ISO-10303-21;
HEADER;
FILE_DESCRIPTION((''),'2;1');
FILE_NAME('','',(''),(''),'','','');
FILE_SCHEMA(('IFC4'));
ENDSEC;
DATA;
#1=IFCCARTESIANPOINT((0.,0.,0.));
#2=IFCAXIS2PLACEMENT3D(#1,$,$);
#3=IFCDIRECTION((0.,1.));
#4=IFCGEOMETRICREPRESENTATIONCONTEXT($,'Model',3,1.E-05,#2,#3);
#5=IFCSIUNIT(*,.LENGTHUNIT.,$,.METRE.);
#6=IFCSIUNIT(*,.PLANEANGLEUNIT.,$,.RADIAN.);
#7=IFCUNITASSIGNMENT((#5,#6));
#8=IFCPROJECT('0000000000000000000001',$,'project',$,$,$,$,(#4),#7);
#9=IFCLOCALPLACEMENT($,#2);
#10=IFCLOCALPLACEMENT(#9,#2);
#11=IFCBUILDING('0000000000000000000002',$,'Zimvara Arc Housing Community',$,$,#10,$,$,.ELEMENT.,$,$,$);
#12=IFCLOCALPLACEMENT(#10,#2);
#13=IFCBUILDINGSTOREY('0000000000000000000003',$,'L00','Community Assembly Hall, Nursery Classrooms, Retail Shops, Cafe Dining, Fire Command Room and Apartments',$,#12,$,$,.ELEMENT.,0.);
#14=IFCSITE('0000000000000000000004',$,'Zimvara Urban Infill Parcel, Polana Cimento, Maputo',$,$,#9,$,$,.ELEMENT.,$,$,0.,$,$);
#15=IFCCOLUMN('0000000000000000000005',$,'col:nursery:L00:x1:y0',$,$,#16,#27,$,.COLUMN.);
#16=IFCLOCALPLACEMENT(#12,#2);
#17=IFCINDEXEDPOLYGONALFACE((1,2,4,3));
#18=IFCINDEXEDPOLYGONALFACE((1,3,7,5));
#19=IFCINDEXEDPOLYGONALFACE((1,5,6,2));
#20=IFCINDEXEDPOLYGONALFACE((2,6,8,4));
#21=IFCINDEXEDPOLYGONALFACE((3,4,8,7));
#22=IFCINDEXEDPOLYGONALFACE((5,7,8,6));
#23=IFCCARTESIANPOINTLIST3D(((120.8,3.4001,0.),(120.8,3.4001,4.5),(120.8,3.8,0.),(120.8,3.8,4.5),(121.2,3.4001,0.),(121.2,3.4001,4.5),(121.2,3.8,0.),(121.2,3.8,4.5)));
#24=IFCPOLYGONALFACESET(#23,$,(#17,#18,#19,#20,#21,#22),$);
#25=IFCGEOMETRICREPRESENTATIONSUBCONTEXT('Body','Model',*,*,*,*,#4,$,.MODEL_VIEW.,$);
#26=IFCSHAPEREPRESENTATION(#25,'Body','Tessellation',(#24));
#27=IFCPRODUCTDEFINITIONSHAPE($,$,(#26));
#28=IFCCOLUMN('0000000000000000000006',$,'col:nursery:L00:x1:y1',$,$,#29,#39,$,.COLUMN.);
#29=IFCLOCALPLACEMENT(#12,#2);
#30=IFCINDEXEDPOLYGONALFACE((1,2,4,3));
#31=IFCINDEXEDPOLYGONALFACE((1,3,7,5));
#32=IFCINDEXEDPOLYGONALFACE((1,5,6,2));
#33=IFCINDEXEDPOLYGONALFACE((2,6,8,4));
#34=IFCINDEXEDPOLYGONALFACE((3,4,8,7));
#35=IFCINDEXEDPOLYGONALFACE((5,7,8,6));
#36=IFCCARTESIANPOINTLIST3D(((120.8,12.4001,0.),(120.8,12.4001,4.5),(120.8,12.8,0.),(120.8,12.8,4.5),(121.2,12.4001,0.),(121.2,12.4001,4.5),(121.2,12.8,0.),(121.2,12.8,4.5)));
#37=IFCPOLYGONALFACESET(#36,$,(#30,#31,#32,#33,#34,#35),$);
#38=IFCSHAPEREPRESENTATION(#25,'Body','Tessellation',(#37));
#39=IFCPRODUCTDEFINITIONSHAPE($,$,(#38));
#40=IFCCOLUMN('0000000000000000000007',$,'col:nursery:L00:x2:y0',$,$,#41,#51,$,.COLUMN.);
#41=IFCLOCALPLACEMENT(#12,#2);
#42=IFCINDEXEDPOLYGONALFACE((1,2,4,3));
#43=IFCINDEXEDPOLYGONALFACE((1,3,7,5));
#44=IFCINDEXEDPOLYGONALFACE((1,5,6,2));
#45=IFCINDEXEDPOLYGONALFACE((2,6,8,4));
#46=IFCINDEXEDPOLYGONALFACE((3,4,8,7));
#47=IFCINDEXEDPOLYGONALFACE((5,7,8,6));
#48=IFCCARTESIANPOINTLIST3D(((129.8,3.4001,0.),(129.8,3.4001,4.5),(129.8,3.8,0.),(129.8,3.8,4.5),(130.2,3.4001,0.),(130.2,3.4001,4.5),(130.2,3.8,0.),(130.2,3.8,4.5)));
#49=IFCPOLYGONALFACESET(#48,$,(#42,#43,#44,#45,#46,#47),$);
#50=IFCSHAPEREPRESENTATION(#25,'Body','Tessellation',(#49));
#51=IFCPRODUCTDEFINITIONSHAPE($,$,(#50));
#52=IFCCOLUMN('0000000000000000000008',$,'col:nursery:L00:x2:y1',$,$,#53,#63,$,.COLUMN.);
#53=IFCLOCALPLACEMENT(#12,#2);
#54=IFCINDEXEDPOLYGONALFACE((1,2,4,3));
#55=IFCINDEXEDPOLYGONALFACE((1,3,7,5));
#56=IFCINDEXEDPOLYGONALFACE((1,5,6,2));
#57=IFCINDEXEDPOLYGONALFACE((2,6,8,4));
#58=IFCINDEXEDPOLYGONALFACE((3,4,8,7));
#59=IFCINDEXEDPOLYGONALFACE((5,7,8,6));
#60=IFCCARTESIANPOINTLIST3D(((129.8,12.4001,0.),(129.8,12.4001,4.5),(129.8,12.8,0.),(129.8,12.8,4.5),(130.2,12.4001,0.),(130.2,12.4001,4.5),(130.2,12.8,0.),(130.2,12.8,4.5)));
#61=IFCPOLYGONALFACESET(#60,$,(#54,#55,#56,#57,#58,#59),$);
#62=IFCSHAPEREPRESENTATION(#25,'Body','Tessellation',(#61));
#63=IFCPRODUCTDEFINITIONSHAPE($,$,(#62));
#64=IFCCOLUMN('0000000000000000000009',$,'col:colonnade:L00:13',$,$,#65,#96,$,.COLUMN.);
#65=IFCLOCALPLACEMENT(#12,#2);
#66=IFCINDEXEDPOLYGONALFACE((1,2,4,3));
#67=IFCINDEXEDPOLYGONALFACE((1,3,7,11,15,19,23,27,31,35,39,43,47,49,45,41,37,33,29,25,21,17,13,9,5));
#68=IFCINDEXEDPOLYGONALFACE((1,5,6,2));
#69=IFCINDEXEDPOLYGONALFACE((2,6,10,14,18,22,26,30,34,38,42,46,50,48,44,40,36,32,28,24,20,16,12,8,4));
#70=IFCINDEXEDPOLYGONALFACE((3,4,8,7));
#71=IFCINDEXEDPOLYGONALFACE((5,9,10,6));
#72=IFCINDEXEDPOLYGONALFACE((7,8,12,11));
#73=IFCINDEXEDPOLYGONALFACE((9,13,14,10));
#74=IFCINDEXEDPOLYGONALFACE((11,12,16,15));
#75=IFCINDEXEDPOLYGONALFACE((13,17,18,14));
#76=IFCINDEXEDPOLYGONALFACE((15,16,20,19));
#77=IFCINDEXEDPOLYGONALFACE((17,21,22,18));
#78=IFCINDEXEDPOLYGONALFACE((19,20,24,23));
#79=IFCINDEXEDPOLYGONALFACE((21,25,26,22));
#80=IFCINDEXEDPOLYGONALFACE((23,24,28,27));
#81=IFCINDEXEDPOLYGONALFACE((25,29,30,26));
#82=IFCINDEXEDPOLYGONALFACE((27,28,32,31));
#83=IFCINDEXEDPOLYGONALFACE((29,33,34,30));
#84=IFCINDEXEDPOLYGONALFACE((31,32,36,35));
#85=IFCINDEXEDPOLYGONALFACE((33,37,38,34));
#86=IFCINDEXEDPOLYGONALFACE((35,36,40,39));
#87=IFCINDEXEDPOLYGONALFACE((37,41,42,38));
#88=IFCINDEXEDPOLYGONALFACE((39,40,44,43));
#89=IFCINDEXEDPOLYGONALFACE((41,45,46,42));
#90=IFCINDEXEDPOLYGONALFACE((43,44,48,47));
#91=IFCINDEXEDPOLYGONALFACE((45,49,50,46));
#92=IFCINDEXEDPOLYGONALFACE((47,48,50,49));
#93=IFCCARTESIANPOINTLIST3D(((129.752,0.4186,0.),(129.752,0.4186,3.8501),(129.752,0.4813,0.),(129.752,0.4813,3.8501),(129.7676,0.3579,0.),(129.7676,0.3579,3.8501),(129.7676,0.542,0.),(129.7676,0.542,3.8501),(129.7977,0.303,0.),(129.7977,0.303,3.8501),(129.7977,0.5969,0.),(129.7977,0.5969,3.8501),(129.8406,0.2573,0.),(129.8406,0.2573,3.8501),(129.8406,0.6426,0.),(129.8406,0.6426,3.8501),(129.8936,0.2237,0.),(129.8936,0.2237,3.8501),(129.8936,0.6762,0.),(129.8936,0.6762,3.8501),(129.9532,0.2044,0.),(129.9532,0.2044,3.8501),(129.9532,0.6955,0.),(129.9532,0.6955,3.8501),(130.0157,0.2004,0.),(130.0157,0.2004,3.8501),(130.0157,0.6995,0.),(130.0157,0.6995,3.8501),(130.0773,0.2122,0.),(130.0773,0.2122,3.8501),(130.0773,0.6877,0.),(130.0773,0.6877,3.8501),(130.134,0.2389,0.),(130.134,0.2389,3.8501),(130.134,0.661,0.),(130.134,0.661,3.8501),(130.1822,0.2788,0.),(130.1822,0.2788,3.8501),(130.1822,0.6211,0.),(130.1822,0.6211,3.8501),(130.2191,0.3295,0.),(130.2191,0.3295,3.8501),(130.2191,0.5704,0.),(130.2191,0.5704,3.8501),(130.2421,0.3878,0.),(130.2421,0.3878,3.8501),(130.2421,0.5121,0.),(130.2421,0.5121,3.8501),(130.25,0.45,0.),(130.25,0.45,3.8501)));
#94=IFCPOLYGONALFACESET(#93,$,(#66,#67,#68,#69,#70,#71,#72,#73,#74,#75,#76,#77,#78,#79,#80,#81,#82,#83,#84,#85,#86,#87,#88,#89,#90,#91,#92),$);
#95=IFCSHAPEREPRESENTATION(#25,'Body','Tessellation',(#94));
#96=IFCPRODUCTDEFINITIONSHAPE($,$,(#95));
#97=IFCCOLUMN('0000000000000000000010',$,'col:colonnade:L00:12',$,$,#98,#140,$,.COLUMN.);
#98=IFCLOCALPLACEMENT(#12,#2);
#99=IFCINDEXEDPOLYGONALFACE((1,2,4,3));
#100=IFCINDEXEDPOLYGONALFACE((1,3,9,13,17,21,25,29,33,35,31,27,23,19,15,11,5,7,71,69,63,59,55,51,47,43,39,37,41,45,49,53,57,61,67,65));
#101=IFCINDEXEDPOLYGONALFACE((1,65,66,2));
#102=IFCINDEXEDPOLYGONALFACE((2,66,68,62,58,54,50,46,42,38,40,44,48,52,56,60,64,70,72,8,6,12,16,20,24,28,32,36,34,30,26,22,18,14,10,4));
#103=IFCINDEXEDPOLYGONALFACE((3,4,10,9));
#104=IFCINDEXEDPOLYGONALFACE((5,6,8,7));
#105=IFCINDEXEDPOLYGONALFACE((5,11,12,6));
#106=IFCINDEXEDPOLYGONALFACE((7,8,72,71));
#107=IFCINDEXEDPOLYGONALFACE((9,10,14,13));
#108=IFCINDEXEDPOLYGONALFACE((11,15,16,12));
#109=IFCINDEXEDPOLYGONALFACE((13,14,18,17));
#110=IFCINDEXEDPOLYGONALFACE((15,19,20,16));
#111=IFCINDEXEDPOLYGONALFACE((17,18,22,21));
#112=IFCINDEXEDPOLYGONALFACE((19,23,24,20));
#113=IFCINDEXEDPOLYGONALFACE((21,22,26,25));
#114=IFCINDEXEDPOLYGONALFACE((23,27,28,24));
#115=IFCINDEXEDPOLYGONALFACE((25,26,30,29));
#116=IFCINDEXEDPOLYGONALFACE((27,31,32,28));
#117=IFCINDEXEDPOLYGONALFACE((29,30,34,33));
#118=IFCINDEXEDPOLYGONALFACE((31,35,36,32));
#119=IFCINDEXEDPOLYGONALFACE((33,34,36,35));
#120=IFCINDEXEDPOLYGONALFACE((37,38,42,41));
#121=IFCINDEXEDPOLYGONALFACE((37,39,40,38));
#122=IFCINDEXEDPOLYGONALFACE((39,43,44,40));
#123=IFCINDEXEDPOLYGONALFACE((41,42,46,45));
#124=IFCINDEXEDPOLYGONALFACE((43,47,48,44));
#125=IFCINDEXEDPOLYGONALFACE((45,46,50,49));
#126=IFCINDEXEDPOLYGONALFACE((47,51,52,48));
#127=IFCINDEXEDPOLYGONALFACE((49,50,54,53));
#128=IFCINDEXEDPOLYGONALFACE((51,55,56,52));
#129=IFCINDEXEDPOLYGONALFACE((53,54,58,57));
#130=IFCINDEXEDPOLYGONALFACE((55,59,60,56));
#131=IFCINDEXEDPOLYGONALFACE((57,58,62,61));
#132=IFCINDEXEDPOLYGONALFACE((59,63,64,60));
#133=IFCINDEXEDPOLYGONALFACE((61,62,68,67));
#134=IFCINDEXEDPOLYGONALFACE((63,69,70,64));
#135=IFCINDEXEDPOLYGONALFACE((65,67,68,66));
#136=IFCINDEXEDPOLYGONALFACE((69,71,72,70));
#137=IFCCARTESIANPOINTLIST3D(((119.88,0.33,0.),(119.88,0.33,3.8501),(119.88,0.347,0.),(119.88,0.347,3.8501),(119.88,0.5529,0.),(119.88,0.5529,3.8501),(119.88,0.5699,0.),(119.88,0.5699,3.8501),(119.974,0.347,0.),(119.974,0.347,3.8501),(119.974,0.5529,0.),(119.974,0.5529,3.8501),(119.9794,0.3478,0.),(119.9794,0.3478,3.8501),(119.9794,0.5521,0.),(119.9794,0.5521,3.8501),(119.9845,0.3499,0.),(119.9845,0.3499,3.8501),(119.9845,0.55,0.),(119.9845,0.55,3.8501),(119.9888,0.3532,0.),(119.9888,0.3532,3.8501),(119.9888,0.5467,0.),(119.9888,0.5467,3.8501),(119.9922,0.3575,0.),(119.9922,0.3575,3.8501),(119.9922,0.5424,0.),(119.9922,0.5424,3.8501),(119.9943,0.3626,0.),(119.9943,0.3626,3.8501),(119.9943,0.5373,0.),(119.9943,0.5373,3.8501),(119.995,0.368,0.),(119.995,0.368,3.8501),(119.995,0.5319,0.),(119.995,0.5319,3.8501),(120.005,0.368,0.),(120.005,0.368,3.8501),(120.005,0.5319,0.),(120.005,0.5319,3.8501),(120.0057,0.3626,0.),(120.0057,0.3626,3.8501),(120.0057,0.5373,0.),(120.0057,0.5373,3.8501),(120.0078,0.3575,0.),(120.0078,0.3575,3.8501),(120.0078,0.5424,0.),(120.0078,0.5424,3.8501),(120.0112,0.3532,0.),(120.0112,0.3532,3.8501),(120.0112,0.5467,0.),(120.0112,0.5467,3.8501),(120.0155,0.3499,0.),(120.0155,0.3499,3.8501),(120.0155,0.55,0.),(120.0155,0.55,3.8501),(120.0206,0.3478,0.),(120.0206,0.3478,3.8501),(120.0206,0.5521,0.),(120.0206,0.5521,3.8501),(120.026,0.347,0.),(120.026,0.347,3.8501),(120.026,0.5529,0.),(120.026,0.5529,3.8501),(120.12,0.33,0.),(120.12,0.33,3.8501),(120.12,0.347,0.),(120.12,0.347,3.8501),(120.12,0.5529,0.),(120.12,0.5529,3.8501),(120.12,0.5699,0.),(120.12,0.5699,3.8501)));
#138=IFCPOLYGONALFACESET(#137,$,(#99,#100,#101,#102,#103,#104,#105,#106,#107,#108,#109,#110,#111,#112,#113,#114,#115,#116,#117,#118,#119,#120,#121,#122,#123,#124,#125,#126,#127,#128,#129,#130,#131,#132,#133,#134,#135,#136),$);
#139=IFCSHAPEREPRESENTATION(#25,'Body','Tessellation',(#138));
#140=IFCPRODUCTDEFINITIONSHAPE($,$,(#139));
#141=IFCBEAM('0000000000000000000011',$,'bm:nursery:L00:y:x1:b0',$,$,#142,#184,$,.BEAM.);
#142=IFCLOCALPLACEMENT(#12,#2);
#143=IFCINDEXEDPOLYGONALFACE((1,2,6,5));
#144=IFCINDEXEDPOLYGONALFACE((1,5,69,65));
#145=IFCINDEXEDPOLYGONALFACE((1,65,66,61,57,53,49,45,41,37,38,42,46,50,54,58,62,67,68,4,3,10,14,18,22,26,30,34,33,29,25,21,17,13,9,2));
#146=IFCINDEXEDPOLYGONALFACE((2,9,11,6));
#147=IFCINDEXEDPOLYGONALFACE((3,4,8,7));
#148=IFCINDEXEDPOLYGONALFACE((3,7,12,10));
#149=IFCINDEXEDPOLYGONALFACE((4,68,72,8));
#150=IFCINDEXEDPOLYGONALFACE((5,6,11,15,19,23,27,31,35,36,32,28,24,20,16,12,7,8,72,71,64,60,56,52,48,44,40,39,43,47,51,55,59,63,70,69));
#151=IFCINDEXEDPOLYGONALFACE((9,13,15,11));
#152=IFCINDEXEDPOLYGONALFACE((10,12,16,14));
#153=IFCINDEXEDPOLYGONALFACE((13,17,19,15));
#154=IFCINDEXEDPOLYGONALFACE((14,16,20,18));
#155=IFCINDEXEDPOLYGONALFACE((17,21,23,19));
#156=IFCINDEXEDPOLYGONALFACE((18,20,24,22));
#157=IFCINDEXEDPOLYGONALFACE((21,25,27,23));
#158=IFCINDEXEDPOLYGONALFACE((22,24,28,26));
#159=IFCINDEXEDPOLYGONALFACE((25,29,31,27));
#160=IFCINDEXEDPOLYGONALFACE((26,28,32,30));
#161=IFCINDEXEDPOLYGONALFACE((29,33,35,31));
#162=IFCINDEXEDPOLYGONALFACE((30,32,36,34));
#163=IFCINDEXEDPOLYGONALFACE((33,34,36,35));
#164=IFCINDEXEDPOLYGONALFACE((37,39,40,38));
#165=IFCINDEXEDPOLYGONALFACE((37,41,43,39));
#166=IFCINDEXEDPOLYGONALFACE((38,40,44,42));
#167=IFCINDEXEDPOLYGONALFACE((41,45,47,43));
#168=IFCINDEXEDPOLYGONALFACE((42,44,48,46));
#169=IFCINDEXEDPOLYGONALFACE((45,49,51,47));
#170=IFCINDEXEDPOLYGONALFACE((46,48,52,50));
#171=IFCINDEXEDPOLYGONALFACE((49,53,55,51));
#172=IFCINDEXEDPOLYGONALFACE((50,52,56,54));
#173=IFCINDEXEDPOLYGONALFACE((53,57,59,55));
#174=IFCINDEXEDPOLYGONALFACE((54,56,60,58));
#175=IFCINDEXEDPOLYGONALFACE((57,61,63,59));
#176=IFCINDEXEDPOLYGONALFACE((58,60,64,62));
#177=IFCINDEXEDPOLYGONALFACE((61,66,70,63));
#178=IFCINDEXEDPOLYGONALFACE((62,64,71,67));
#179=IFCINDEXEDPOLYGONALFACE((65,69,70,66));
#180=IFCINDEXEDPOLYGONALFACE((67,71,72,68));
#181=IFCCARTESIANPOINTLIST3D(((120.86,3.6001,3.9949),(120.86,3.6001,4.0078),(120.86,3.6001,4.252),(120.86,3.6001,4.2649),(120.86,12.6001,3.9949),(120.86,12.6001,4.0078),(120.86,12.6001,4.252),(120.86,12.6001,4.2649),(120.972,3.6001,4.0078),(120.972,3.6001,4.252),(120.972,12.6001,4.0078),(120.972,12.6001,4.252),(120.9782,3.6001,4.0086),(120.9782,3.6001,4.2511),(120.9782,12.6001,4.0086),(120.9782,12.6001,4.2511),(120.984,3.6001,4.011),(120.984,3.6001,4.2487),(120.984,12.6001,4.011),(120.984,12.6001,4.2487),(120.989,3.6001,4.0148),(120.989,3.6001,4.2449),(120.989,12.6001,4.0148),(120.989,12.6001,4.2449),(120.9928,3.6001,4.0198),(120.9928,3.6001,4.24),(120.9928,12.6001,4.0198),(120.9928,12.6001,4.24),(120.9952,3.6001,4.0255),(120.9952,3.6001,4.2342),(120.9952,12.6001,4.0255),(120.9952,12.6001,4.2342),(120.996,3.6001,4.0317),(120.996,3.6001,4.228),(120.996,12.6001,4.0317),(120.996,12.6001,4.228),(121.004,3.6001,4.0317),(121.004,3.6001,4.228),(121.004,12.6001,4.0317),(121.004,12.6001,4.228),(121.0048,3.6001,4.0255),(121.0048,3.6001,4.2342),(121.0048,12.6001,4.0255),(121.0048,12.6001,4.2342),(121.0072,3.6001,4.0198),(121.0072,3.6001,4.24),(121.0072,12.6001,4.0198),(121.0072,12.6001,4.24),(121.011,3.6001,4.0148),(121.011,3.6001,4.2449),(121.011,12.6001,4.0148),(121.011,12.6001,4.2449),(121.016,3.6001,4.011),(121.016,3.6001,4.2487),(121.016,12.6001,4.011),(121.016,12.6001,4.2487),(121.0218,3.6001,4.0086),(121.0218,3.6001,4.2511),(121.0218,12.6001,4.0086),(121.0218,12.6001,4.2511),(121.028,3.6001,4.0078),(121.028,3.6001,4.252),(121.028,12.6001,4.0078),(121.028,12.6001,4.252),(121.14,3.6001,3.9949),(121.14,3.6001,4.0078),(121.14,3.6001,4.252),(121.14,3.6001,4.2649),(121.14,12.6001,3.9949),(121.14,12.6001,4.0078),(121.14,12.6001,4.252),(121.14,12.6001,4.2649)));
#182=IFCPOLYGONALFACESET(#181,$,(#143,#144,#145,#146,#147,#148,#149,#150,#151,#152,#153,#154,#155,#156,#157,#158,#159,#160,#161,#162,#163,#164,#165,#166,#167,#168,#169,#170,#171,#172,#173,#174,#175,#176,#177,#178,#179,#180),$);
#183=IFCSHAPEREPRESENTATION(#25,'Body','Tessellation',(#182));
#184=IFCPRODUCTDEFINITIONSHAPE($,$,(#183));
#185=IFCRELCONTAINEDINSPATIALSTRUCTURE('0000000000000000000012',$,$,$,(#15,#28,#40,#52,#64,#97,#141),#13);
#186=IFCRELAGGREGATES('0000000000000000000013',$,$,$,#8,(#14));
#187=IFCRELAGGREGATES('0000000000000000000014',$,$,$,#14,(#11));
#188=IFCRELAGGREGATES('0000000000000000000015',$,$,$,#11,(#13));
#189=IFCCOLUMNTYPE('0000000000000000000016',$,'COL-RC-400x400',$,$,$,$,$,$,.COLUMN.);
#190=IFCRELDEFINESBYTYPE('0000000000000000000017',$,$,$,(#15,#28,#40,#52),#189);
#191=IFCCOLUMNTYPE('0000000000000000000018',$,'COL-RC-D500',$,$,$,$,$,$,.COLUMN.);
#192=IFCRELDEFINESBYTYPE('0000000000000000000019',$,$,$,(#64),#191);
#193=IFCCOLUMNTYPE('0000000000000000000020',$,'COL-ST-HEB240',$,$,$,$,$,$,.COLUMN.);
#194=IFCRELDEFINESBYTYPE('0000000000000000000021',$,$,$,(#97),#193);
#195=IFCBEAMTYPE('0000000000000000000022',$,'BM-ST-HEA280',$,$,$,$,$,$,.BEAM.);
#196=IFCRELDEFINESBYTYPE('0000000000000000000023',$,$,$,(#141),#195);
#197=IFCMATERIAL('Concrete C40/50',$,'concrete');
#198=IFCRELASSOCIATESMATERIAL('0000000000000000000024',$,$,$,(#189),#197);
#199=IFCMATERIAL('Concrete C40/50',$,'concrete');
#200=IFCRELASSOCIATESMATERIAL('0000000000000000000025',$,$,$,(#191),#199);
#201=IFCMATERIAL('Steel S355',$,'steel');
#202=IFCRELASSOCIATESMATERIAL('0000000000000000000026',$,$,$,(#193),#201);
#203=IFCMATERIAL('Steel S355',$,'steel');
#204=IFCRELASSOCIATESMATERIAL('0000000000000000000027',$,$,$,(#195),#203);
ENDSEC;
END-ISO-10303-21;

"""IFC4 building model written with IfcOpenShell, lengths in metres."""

from ifc_helpers import new_model, si_unit, direction, frame, origin, origin_2d, place, context, subcontext, project, spatial, rectangle, circle, i_section, extrude, material, material_profile, profile_set, type_object, element, save


model = new_model("IFC4")

# Units and contexts
model_context = context("Model", 3, precision=1e-05, world=origin(), true_north=direction((0.0, 1.0)))
body_context = subcontext(model_context, "Body", "Model", "MODEL_VIEW")
ifc_project = project(units=[si_unit("LENGTHUNIT", "METRE"), si_unit("PLANEANGLEUNIT", "RADIAN")], contexts=[model_context])

# Site, building, storey
site_placement = place(None, origin())
site = spatial("IfcSite", under=ifc_project, at=site_placement, Name="Zimvara Urban Infill Parcel, Polana Cimento, Maputo", CompositionType="ELEMENT", RefElevation=0.0)
building_placement = place(site_placement, origin())
building = spatial("IfcBuilding", under=site, at=building_placement, Name="Zimvara Arc Housing Community", CompositionType="ELEMENT")
storey_placement = place(building_placement, origin())
storey = spatial("IfcBuildingStorey", under=building, at=storey_placement, Name="L00", Description="Community Assembly Hall, Nursery Classrooms, Retail Shops, Cafe Dining, Fire Command Room and Apartments", CompositionType="ELEMENT", Elevation=0.0)

# Columns
ifc_material_1 = material(Name="Concrete C40/50", Category="concrete")
ifc_material_profile_1 = material_profile(ifc_material_1, rectangle(XDim=0.3999, YDim=0.3999, at=origin_2d()), Name="RC 400x400")
ifc_profile_set_1 = profile_set([ifc_material_profile_1], Name="Concrete C40/50")
column_type_1 = type_object("IfcColumnType", Name="COL-RC-400x400", PredefinedType="COLUMN", material=ifc_profile_set_1)
for number, where, z_axis, x_axis, name in (
    (1, (121.0, 3.6001, 0.0), (0.0, 0.0, 1.0), (1.0, 0.0, 0.0), "col:nursery:L00:x1:y0"),
    (2, (121.0, 12.6001, 0.0), (0.0, 0.0, 1.0), (1.0, 0.0, 0.0), "col:nursery:L00:x1:y1"),
    (3, (130.0, 3.6001, 0.0), (0.0, 0.0, 1.0), (1.0, 0.0, 0.0), "col:nursery:L00:x2:y0"),
    (4, (130.0, 12.6001, 0.0), (0.0, 0.0, 1.0), (1.0, 0.0, 0.0), "col:nursery:L00:x2:y1"),
):
    element("IfcColumn", number, at=place(storey_placement, frame(where, z_axis=z_axis, x_axis=x_axis)), inside=storey, type_object=column_type_1, Name=name, PredefinedType="COLUMN", context=body_context, shape_type="SweptSolid", body=[
        extrude(rectangle(XDim=0.3999, YDim=0.3999, at=origin_2d()), origin(), (0.0, 0.0, 1.0), 4.5),
    ])
ifc_material_2 = material(Name="Concrete C40/50", Category="concrete")
ifc_material_profile_2 = material_profile(ifc_material_2, circle(Radius=0.25, at=origin_2d()), Name="RC D500")
ifc_profile_set_2 = profile_set([ifc_material_profile_2], Name="Concrete C40/50")
column_type_2 = type_object("IfcColumnType", Name="COL-RC-D500", PredefinedType="COLUMN", material=ifc_profile_set_2)
column_1_placement = place(storey_placement, frame((130.0, 0.45, 0.0), z_axis=(0.0, 0.0, 1.0), x_axis=(1.0, 0.0, 0.0)))
element("IfcColumn", 5, at=column_1_placement, inside=storey, type_object=column_type_2, Name="col:colonnade:L00:13", PredefinedType="COLUMN", context=body_context, shape_type="SweptSolid", body=[
    extrude(circle(Radius=0.25, at=origin_2d()), origin(), (0.0, 0.0, 1.0), 3.8501),
])
ifc_material_3 = material(Name="Steel S355", Category="steel")
ifc_material_profile_3 = material_profile(ifc_material_3, i_section(OverallWidth=0.24, OverallDepth=0.24, WebThickness=0.01, FlangeThickness=0.0171, FilletRadius=0.021, at=origin_2d()), Name="HEB 240")
ifc_profile_set_3 = profile_set([ifc_material_profile_3], Name="Steel S355")
column_type_3 = type_object("IfcColumnType", Name="COL-ST-HEB240", PredefinedType="COLUMN", material=ifc_profile_set_3)
column_2_placement = place(storey_placement, frame((120.0, 0.45, 0.0), z_axis=(0.0, 0.0, 1.0), x_axis=(1.0, 0.0, 0.0)))
element("IfcColumn", 6, at=column_2_placement, inside=storey, type_object=column_type_3, Name="col:colonnade:L00:12", PredefinedType="COLUMN", context=body_context, shape_type="SweptSolid", body=[
    extrude(i_section(OverallWidth=0.24, OverallDepth=0.24, WebThickness=0.01, FlangeThickness=0.0171, FilletRadius=0.021, at=origin_2d()), origin(), (0.0, 0.0, 1.0), 3.8501),
])

# Beam
ifc_material_4 = material(Name="Steel S355", Category="steel")
ifc_material_profile_4 = material_profile(ifc_material_4, i_section(OverallWidth=0.28, OverallDepth=0.27, WebThickness=0.0081, FlangeThickness=0.0129, FilletRadius=0.0239, at=origin_2d()), Name="HEA 280")
ifc_profile_set_4 = profile_set([ifc_material_profile_4], Name="Steel S355")
beam_type_1 = type_object("IfcBeamType", Name="BM-ST-HEA280", PredefinedType="BEAM", material=ifc_profile_set_4)
for number, where, z_axis, x_axis, name in (
    (7, (121.0, 3.6001, 4.1299), (0.0, 1.0, 0.0), (-1.0, 0.0, 0.0), "bm:nursery:L00:y:x1:b0"),
):
    element("IfcBeam", number, at=place(storey_placement, frame(where, z_axis=z_axis, x_axis=x_axis)), inside=storey, type_object=beam_type_1, Name=name, PredefinedType="BEAM", context=body_context, shape_type="SweptSolid", body=[
        extrude(i_section(OverallWidth=0.28, OverallDepth=0.27, WebThickness=0.0081, FlangeThickness=0.0129, FilletRadius=0.0239, at=origin_2d()), origin(), (0.0, 0.0, 1.0), 9.0),
    ])

save(model, "model.ifc")
